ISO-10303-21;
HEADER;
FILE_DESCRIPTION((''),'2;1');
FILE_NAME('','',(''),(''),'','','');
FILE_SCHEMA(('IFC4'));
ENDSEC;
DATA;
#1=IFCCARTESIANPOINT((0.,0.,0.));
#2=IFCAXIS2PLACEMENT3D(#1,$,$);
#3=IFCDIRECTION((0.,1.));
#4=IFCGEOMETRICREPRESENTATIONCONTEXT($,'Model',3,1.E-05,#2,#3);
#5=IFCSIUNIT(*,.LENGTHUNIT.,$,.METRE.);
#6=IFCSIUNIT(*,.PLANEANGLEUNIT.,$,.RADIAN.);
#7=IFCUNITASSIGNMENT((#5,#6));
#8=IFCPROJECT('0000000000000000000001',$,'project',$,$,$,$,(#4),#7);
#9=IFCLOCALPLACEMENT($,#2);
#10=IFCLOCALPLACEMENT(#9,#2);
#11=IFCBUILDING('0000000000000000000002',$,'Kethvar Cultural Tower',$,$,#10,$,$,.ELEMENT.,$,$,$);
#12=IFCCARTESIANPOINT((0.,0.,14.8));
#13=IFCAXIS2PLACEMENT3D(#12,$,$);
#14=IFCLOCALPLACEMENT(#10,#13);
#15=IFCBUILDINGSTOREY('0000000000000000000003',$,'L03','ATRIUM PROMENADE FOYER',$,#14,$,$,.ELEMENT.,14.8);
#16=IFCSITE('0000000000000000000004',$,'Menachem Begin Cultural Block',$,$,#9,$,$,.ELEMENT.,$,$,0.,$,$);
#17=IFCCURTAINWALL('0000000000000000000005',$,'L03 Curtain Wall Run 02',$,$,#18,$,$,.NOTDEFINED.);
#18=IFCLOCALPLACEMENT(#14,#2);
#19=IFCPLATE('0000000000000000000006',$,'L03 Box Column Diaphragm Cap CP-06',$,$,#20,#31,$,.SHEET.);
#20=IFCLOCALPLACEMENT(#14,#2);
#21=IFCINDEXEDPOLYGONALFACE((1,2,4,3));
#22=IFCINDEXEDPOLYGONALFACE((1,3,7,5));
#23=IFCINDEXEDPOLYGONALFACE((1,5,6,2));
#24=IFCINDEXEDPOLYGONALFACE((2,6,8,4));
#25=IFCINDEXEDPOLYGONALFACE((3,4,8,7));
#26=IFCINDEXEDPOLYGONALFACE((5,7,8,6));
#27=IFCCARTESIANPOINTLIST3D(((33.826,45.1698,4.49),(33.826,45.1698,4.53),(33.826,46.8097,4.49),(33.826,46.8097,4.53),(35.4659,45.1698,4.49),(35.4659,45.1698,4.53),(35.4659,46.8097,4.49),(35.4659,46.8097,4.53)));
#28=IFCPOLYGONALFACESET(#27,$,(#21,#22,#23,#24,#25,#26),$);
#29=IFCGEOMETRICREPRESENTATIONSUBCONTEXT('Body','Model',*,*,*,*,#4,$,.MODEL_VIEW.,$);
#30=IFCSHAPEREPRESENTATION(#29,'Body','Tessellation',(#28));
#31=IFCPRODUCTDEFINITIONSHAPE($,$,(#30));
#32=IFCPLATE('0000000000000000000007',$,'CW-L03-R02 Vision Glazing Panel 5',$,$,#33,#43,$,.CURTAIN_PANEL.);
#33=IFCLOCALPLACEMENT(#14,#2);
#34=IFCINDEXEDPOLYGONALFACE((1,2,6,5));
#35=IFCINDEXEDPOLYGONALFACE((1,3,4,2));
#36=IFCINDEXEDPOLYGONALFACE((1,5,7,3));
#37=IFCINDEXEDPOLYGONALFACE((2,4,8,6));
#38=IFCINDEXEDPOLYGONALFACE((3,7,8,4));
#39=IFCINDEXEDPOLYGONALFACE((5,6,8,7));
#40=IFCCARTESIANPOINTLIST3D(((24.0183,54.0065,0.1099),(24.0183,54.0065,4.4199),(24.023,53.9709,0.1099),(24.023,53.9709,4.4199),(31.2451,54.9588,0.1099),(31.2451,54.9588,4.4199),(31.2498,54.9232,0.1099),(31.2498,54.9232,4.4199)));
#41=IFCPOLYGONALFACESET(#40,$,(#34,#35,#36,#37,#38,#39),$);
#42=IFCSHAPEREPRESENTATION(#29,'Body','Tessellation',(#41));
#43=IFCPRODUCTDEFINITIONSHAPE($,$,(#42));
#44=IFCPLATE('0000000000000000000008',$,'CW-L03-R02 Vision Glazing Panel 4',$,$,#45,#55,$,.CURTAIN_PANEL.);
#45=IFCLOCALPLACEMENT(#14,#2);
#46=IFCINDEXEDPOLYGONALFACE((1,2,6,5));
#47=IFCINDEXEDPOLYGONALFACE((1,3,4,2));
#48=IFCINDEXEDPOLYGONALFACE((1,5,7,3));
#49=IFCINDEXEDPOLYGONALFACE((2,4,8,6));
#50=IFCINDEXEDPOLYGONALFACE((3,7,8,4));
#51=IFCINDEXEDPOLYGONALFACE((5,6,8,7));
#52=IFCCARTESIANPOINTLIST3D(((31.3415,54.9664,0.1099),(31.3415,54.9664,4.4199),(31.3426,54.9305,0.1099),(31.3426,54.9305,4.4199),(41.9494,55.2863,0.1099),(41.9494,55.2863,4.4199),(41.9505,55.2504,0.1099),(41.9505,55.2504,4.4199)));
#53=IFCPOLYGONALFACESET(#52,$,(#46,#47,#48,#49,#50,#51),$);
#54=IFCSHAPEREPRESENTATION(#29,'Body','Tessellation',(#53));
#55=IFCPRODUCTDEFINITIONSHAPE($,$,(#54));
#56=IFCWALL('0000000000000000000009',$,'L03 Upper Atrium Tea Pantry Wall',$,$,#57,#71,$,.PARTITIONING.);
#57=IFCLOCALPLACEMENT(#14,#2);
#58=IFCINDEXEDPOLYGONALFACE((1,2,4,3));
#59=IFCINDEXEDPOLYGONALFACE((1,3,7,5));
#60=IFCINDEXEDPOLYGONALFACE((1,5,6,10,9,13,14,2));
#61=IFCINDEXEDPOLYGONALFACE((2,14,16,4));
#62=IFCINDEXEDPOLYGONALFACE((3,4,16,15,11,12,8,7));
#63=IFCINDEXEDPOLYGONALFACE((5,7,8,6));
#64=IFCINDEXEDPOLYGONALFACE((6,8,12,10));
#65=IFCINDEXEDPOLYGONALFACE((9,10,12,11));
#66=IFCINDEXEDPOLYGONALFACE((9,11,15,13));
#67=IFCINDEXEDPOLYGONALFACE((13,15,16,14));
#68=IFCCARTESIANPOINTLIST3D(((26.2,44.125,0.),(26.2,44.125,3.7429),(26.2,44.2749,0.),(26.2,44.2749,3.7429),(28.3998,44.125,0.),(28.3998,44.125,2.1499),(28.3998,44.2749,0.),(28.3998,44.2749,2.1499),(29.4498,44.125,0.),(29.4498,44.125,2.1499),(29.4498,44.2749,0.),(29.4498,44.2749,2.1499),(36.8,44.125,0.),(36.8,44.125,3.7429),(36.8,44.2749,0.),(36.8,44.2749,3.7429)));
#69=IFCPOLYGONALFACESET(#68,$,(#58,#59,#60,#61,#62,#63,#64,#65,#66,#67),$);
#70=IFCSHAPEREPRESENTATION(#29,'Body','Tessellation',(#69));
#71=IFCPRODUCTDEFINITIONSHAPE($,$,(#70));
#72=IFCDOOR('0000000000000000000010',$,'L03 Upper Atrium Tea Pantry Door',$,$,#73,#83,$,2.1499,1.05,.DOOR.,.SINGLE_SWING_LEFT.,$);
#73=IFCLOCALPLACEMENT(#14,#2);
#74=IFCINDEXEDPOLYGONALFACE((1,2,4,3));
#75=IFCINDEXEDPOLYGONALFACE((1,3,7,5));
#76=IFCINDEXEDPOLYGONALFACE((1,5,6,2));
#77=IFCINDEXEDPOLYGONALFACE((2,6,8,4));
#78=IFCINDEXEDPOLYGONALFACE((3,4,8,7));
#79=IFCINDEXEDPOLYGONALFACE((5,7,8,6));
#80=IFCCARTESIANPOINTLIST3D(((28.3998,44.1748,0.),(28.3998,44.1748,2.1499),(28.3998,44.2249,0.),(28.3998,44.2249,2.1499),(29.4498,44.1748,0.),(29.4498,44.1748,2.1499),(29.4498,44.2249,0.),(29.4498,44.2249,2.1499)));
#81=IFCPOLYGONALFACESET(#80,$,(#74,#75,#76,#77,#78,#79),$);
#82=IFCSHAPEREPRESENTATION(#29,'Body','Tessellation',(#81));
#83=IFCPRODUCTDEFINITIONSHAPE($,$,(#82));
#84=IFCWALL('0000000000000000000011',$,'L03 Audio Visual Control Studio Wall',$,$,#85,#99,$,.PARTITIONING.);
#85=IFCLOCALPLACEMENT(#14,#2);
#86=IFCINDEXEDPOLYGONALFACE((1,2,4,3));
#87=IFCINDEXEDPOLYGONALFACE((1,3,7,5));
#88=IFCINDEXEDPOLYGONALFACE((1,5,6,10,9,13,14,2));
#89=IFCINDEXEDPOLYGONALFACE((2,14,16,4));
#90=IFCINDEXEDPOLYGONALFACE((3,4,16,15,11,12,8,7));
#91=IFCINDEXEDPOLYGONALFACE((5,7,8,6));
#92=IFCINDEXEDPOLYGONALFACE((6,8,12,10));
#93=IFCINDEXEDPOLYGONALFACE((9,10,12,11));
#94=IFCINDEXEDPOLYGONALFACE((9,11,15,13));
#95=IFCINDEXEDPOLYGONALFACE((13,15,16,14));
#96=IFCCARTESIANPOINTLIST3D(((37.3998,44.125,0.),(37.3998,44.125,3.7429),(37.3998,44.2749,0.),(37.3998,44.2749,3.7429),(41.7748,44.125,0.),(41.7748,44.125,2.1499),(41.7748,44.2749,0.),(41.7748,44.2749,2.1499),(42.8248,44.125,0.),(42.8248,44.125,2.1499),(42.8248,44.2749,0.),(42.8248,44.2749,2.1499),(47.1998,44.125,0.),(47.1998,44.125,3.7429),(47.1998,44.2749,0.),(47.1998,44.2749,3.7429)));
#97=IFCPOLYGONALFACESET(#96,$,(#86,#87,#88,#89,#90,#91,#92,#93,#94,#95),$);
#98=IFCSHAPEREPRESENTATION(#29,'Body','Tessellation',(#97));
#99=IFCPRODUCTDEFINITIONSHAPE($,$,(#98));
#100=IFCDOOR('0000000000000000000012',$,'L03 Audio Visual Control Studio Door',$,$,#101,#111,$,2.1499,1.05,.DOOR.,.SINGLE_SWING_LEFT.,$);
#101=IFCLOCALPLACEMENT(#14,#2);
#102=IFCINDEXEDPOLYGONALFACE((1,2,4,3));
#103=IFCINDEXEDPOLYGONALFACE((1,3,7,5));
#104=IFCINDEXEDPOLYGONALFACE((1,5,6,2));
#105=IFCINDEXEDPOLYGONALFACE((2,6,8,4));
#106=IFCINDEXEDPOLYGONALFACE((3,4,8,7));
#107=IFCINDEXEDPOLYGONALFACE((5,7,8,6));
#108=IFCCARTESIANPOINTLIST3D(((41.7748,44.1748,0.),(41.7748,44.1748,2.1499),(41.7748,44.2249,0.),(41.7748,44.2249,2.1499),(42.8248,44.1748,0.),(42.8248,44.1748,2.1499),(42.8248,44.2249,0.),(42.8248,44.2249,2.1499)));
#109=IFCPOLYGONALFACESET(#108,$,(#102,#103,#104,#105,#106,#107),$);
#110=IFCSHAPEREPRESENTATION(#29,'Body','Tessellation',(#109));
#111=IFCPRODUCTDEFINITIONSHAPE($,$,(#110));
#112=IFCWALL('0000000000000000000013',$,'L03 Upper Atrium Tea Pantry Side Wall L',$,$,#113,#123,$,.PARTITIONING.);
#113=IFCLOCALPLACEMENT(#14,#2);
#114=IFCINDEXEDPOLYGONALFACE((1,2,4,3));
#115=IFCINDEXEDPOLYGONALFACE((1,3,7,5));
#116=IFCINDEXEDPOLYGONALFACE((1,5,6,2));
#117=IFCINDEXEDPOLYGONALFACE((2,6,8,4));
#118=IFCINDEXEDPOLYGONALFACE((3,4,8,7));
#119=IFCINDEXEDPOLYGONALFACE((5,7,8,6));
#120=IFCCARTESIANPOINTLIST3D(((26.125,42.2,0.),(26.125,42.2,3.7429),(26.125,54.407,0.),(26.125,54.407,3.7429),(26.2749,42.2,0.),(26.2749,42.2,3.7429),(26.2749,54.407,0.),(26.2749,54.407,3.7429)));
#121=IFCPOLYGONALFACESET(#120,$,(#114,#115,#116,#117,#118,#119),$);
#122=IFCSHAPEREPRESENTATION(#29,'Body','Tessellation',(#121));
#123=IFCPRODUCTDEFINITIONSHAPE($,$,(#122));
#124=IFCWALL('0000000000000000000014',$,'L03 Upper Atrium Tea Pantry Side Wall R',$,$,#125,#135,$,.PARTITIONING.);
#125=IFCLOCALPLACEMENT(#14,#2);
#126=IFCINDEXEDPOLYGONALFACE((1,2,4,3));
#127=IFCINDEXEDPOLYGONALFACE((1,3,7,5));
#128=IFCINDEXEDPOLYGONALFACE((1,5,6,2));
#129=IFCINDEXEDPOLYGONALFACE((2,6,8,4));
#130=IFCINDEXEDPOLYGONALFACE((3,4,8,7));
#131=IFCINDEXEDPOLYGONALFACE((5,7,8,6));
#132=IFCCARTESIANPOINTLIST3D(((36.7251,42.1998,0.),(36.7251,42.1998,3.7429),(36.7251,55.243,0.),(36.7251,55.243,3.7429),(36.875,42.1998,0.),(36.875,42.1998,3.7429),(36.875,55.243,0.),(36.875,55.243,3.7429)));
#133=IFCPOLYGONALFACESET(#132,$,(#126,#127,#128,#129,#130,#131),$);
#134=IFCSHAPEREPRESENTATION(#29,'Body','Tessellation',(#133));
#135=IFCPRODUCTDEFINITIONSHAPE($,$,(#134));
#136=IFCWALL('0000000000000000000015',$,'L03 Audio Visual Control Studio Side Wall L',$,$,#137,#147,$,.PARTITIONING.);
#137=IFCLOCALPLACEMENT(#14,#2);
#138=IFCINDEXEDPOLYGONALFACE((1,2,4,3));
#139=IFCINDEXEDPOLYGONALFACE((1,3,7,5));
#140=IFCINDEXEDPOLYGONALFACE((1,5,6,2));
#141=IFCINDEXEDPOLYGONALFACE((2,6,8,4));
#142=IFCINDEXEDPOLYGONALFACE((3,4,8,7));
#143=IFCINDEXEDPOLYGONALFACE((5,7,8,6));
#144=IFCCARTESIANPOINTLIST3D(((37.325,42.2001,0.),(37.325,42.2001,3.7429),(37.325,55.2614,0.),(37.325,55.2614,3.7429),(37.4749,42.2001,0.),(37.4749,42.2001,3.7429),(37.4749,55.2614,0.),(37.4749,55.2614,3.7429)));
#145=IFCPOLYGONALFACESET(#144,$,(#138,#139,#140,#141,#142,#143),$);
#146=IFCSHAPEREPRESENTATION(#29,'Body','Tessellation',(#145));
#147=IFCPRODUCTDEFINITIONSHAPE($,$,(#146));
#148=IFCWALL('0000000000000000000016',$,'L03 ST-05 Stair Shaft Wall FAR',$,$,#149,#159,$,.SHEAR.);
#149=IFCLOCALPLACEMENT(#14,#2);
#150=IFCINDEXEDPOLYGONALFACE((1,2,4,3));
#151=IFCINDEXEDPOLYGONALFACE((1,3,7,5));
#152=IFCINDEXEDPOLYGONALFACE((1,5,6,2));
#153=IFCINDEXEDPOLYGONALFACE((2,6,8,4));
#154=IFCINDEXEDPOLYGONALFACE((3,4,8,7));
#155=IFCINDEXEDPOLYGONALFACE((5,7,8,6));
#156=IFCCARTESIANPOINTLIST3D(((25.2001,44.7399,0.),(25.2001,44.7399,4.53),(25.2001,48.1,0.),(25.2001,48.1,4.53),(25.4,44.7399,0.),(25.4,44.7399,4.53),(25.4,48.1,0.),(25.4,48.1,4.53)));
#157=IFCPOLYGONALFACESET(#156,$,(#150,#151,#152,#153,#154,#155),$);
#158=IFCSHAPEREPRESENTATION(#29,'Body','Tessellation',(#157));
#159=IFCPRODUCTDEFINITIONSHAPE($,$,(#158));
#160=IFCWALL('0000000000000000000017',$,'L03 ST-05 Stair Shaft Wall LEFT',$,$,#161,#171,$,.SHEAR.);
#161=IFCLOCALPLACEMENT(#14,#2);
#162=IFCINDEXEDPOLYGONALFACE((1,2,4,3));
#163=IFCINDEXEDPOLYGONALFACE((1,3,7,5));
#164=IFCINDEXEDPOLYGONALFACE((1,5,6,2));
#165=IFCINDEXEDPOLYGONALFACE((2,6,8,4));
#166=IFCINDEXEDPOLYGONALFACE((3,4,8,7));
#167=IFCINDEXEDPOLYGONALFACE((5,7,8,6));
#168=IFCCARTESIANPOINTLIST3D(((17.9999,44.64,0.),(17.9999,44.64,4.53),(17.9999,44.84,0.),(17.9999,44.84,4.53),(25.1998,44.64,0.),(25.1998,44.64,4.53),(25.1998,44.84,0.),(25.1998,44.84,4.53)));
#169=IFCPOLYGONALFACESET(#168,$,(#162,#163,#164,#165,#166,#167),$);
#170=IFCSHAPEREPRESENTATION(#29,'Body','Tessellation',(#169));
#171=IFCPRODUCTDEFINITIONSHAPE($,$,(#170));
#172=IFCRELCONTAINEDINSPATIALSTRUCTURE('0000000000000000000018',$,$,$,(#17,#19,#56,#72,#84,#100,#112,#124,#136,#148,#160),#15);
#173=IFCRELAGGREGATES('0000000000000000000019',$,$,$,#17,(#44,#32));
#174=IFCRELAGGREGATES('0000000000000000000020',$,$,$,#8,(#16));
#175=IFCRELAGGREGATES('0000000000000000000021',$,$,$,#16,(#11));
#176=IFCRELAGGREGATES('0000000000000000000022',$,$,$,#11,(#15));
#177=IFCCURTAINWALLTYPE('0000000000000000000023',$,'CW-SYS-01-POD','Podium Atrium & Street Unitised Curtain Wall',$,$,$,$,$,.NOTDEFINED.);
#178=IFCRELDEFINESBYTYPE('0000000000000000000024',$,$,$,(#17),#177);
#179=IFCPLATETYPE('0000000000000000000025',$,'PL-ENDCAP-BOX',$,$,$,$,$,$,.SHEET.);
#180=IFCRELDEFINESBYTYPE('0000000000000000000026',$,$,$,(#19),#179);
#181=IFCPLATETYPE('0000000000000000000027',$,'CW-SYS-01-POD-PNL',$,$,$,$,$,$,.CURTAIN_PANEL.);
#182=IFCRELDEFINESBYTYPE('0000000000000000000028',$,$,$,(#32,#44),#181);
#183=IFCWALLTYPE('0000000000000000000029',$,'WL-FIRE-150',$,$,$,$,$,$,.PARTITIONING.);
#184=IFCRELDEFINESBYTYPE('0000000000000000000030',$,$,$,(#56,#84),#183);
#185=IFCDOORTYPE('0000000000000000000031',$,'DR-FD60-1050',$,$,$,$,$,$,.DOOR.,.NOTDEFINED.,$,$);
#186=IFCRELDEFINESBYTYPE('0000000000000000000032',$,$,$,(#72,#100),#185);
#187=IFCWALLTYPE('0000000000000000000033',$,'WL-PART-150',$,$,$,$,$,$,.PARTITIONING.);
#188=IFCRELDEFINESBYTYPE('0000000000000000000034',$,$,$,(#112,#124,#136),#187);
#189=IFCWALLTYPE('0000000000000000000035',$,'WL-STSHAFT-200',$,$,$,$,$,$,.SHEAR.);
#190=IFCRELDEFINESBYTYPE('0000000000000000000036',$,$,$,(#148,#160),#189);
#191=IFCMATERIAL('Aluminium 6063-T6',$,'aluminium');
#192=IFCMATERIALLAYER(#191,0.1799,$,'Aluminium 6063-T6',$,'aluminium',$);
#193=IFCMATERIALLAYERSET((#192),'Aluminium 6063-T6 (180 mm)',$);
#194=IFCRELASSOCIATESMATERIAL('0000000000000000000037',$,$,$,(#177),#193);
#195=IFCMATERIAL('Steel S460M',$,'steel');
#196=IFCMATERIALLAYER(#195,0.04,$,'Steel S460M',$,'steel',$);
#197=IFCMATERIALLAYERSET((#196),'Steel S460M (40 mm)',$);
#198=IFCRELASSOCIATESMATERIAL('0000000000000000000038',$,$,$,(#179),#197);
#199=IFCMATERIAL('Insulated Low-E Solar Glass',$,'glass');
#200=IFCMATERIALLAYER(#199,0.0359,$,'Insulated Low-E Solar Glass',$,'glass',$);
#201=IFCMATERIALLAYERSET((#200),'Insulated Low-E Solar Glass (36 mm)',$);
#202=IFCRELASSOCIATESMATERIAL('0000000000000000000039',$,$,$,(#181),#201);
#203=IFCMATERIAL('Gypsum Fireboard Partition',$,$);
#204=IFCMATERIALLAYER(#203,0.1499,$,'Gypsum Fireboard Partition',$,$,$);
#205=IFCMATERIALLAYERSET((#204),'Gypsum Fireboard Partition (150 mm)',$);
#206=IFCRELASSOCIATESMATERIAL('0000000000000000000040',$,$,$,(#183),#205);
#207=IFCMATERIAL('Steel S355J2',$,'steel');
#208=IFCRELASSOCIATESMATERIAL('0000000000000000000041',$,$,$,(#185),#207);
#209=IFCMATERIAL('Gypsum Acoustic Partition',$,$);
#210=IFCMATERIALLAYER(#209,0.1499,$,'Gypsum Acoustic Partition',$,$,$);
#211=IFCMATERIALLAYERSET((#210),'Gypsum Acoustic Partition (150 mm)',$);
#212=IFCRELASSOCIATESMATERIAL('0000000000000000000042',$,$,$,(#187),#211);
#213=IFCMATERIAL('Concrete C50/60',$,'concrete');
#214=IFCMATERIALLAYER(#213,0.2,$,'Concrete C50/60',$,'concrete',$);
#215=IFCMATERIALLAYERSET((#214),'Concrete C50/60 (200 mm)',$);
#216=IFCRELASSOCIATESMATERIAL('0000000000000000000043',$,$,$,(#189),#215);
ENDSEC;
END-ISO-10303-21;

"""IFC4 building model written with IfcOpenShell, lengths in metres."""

from ifc_helpers import new_model, si_unit, direction, frame, frame_2d, origin, origin_2d, place, context, subcontext, project, spatial, rectangle, extrude, source, transform, mapped, material, layer, layer_set, type_object, element, fill, aggregate, save


model = new_model("IFC4")

# Units and contexts
model_context = context("Model", 3, precision=1e-05, world=origin(), true_north=direction((0.0, 1.0)))
body_context = subcontext(model_context, "Body", "Model", "MODEL_VIEW")
ifc_project = project(units=[si_unit("LENGTHUNIT", "METRE"), si_unit("PLANEANGLEUNIT", "RADIAN")], contexts=[model_context])

# Site, building, storey
site_placement = place(None, origin())
site = spatial("IfcSite", under=ifc_project, at=site_placement, Name="Menachem Begin Cultural Block", CompositionType="ELEMENT", RefElevation=0.0)
building_placement = place(site_placement, origin())
building = spatial("IfcBuilding", under=site, at=building_placement, Name="Kethvar Cultural Tower", CompositionType="ELEMENT")
storey_placement = place(building_placement, frame((0.0, 0.0, 14.8)))
storey = spatial("IfcBuildingStorey", under=building, at=storey_placement, Name="L03", Description="ATRIUM PROMENADE FOYER", CompositionType="ELEMENT", Elevation=14.8)

# Shared definitions
ifc_material_1 = material(Name="Steel S460M", Category="steel")

# Shared definitions
ifc_material_2 = material(Name="Steel S355J2", Category="steel")

# Curtain wall
ifc_material_3 = material(Name="Aluminium 6063-T6", Category="aluminium")
ifc_layer_1 = layer(ifc_material_3, 0.1799, Name="Aluminium 6063-T6", Category="aluminium")
ifc_layer_set_1 = layer_set([ifc_layer_1], Name="Aluminium 6063-T6 (180 mm)")
curtain_wall_type = type_object("IfcCurtainWallType", Name="CW-SYS-01-POD", Description="Podium Atrium & Street Unitised Curtain Wall", PredefinedType="NOTDEFINED", material=ifc_layer_set_1)
curtain_wall_placement = place(storey_placement, origin())
curtain_wall = element("IfcCurtainWall", 1, at=curtain_wall_placement, inside=storey, type_object=curtain_wall_type, Name="L03 Curtain Wall Run 02", PredefinedType="NOTDEFINED")

# Plate
ifc_layer_2 = layer(ifc_material_1, 0.04, Name="Steel S460M", Category="steel")
ifc_layer_set_2 = layer_set([ifc_layer_2], Name="Steel S460M (40 mm)")
plate_type_1 = type_object("IfcPlateType", Name="PL-ENDCAP-BOX", PredefinedType="SHEET", material=ifc_layer_set_2)
shared_shape_1 = source(origin(), body_context, "Body", "SweptSolid", [
    extrude(rectangle(XDim=1.6399, YDim=1.6399, at=origin_2d()), origin(), (0.0, 0.0, 1.0), 0.04),
])
for number, where, z_axis, x_axis, name in (
    (2, (34.646, 45.9897, 4.49), (0.0, 0.0, 1.0), (1.0, 0.0, 0.0), "L03 Box Column Diaphragm Cap CP-06"),
):
    element("IfcPlate", number, at=place(storey_placement, frame(where, z_axis=z_axis, x_axis=x_axis)), inside=storey, type_object=plate_type_1, Name=name, PredefinedType="SHEET", context=body_context, shape_type="MappedRepresentation", body=[
        mapped(shared_shape_1, transform((0.0, 0.0, 0.0), scale=1.0)),
    ])

# Plates
ifc_material_4 = material(Name="Insulated Low-E Solar Glass", Category="glass")
ifc_layer_3 = layer(ifc_material_4, 0.0359, Name="Insulated Low-E Solar Glass", Category="glass")
ifc_layer_set_3 = layer_set([ifc_layer_3], Name="Insulated Low-E Solar Glass (36 mm)")
plate_type_2 = type_object("IfcPlateType", Name="CW-SYS-01-POD-PNL", PredefinedType="CURTAIN_PANEL", material=ifc_layer_set_3)
shared_shape_2 = source(origin(), body_context, "Body", "SweptSolid", [
    extrude(rectangle(XDim=7.2893, YDim=0.0359, at=origin_2d()), origin(), (0.0, 0.0, 1.0), 4.3101),
])
plate_1_placement = place(storey_placement, frame((27.634, 54.4648, 0.1099), z_axis=(0.0, 0.0, 1.0), x_axis=(-0.991429, -0.130647, 0.0)))
plate_1 = element("IfcPlate", 3, at=plate_1_placement, type_object=plate_type_2, Name="CW-L03-R02 Vision Glazing Panel 5", PredefinedType="CURTAIN_PANEL", context=body_context, shape_type="MappedRepresentation", body=[
    mapped(shared_shape_2, transform((0.0, 0.0, 0.0), scale=1.0)),
])
shared_shape_3 = source(origin(), body_context, "Body", "SweptSolid", [
    extrude(rectangle(XDim=10.6128, YDim=0.0359, at=origin_2d()), origin(), (0.0, 0.0, 1.0), 4.3101),
])
plate_2_placement = place(storey_placement, frame((36.646, 55.1084, 0.1099), z_axis=(0.0, 0.0, 1.0), x_axis=(-0.999546, -0.030137, 0.0)))
plate_2 = element("IfcPlate", 4, at=plate_2_placement, type_object=plate_type_2, Name="CW-L03-R02 Vision Glazing Panel 4", PredefinedType="CURTAIN_PANEL", context=body_context, shape_type="MappedRepresentation", body=[
    mapped(shared_shape_3, transform((0.0, 0.0, 0.0), scale=1.0)),
])
aggregate(curtain_wall, [plate_2, plate_1])

# Walls, openings, doors
ifc_material_5 = material(Name="Gypsum Fireboard Partition")
ifc_layer_4 = layer(ifc_material_5, 0.1499, Name="Gypsum Fireboard Partition")
ifc_layer_set_4 = layer_set([ifc_layer_4], Name="Gypsum Fireboard Partition (150 mm)")
wall_type_1 = type_object("IfcWallType", Name="WL-FIRE-150", PredefinedType="PARTITIONING", material=ifc_layer_set_4)
wall_1_placement = place(storey_placement, frame((26.2, 44.2, 0.0), z_axis=(0.0, 0.0, 1.0), x_axis=(1.0, 0.0, 0.0)))
wall_1 = element("IfcWall", 5, at=wall_1_placement, inside=storey, type_object=wall_type_1, Name="L03 Upper Atrium Tea Pantry Wall", PredefinedType="PARTITIONING", context=body_context, shape_type="SweptSolid", body=[
    extrude(rectangle(XDim=10.6001, YDim=0.1499, at=frame_2d((5.3, 0.0))), origin(), (0.0, 0.0, 1.0), 3.7429),
])
opening_1_placement = place(wall_1_placement, frame((2.2, 0.0, 0.0)))
opening_1 = element("IfcOpeningElement", 6, at=opening_1_placement, cuts=wall_1, PredefinedType="OPENING", context=body_context, shape_type="SweptSolid", body=[
    extrude(rectangle(XDim=1.05, YDim=2.1499, at=frame_2d((0.5249, 1.075))), frame((0.0, 0.085, 0.0), z_axis=(0.0, -1.0, 0.0), x_axis=(1.0, 0.0, 0.0)), (0.0, 0.0, 1.0), 0.1699),
])
door_type = type_object("IfcDoorType", Name="DR-FD60-1050", OperationType="NOTDEFINED", PredefinedType="DOOR", material=ifc_material_2)
shared_shape_4 = source(origin(), body_context, "Body", "SweptSolid", [
    extrude(rectangle(XDim=1.05, YDim=2.1499, at=frame_2d((0.5249, 1.075))), frame((0.0, 0.0249, 0.0), z_axis=(0.0, -1.0, 0.0), x_axis=(1.0, 0.0, 0.0)), (0.0, 0.0, 1.0), 0.05),
])
door_1_placement = place(opening_1_placement, origin())
door_1 = element("IfcDoor", 7, at=door_1_placement, inside=storey, type_object=door_type, Name="L03 Upper Atrium Tea Pantry Door", OperationType="SINGLE_SWING_LEFT", OverallHeight=2.1499, OverallWidth=1.05, PredefinedType="DOOR", context=body_context, shape_type="MappedRepresentation", body=[
    mapped(shared_shape_4, transform((0.0, 0.0, 0.0), scale=1.0)),
])
fill(opening_1, door_1)
wall_2_placement = place(storey_placement, frame((37.3999, 44.2, 0.0), z_axis=(0.0, 0.0, 1.0), x_axis=(1.0, 0.0, 0.0)))
wall_2 = element("IfcWall", 8, at=wall_2_placement, inside=storey, type_object=wall_type_1, Name="L03 Audio Visual Control Studio Wall", PredefinedType="PARTITIONING", context=body_context, shape_type="SweptSolid", body=[
    extrude(rectangle(XDim=9.8, YDim=0.1499, at=frame_2d((4.8999, 0.0))), origin(), (0.0, 0.0, 1.0), 3.7429),
])
opening_2_placement = place(wall_2_placement, frame((4.375, 0.0, 0.0)))
opening_2 = element("IfcOpeningElement", 9, at=opening_2_placement, cuts=wall_2, PredefinedType="OPENING", context=body_context, shape_type="SweptSolid", body=[
    extrude(rectangle(XDim=1.05, YDim=2.1499, at=frame_2d((0.5249, 1.075))), frame((0.0, 0.085, 0.0), z_axis=(0.0, -1.0, 0.0), x_axis=(1.0, 0.0, 0.0)), (0.0, 0.0, 1.0), 0.1699),
])
door_2_placement = place(opening_2_placement, origin())
door_2 = element("IfcDoor", 10, at=door_2_placement, inside=storey, type_object=door_type, Name="L03 Audio Visual Control Studio Door", OperationType="SINGLE_SWING_LEFT", OverallHeight=2.1499, OverallWidth=1.05, PredefinedType="DOOR", context=body_context, shape_type="MappedRepresentation", body=[
    mapped(shared_shape_4, transform((0.0, 0.0, 0.0), scale=1.0)),
])
fill(opening_2, door_2)

# Walls
ifc_material_6 = material(Name="Gypsum Acoustic Partition")
ifc_layer_5 = layer(ifc_material_6, 0.1499, Name="Gypsum Acoustic Partition")
ifc_layer_set_5 = layer_set([ifc_layer_5], Name="Gypsum Acoustic Partition (150 mm)")
wall_type_2 = type_object("IfcWallType", Name="WL-PART-150", PredefinedType="PARTITIONING", material=ifc_layer_set_5)
wall_3_placement = place(storey_placement, frame((26.2, 42.2, 0.0), z_axis=(0.0, 0.0, 1.0), x_axis=(0.0, 1.0, 0.0)))
element("IfcWall", 11, at=wall_3_placement, inside=storey, type_object=wall_type_2, Name="L03 Upper Atrium Tea Pantry Side Wall L", PredefinedType="PARTITIONING", context=body_context, shape_type="SweptSolid", body=[
    extrude(rectangle(XDim=12.207, YDim=0.1499, at=frame_2d((6.1035, 0.0))), origin(), (0.0, 0.0, 1.0), 3.7429),
])
wall_4_placement = place(storey_placement, frame((36.8, 42.2, 0.0), z_axis=(0.0, 0.0, 1.0), x_axis=(0.0, 1.0, 0.0)))
element("IfcWall", 12, at=wall_4_placement, inside=storey, type_object=wall_type_2, Name="L03 Upper Atrium Tea Pantry Side Wall R", PredefinedType="PARTITIONING", context=body_context, shape_type="SweptSolid", body=[
    extrude(rectangle(XDim=13.0432, YDim=0.1499, at=frame_2d((6.5215, 0.0))), origin(), (0.0, 0.0, 1.0), 3.7429),
])
wall_5_placement = place(storey_placement, frame((37.3999, 42.2, 0.0), z_axis=(0.0, 0.0, 1.0), x_axis=(0.0, 1.0, 0.0)))
element("IfcWall", 13, at=wall_5_placement, inside=storey, type_object=wall_type_2, Name="L03 Audio Visual Control Studio Side Wall L", PredefinedType="PARTITIONING", context=body_context, shape_type="SweptSolid", body=[
    extrude(rectangle(XDim=13.0613, YDim=0.1499, at=frame_2d((6.5308, 0.0))), origin(), (0.0, 0.0, 1.0), 3.7429),
])
ifc_material_7 = material(Name="Concrete C50/60", Category="concrete")
ifc_layer_6 = layer(ifc_material_7, 0.2, Name="Concrete C50/60", Category="concrete")
ifc_layer_set_6 = layer_set([ifc_layer_6], Name="Concrete C50/60 (200 mm)")
wall_type_3 = type_object("IfcWallType", Name="WL-STSHAFT-200", PredefinedType="SHEAR", material=ifc_layer_set_6)
wall_6_placement = place(storey_placement, frame((25.3, 48.1001, 0.0), z_axis=(0.0, 0.0, 1.0), x_axis=(0.0, -1.0, 0.0)))
element("IfcWall", 14, at=wall_6_placement, inside=storey, type_object=wall_type_3, Name="L03 ST-05 Stair Shaft Wall FAR", PredefinedType="SHEAR", context=body_context, shape_type="SweptSolid", body=[
    extrude(rectangle(XDim=3.3601, YDim=0.2, at=frame_2d((1.6802, 0.0))), origin(), (0.0, 0.0, 1.0), 4.53),
])
wall_7_placement = place(storey_placement, frame((25.2, 44.74, 0.0), z_axis=(0.0, 0.0, 1.0), x_axis=(-1.0, 0.0, 0.0)))
element("IfcWall", 15, at=wall_7_placement, inside=storey, type_object=wall_type_3, Name="L03 ST-05 Stair Shaft Wall LEFT", PredefinedType="SHEAR", context=body_context, shape_type="SweptSolid", body=[
    extrude(rectangle(XDim=7.2, YDim=0.2, at=frame_2d((3.6001, 0.0))), origin(), (0.0, 0.0, 1.0), 4.53),
])

save(model, "model.ifc")
